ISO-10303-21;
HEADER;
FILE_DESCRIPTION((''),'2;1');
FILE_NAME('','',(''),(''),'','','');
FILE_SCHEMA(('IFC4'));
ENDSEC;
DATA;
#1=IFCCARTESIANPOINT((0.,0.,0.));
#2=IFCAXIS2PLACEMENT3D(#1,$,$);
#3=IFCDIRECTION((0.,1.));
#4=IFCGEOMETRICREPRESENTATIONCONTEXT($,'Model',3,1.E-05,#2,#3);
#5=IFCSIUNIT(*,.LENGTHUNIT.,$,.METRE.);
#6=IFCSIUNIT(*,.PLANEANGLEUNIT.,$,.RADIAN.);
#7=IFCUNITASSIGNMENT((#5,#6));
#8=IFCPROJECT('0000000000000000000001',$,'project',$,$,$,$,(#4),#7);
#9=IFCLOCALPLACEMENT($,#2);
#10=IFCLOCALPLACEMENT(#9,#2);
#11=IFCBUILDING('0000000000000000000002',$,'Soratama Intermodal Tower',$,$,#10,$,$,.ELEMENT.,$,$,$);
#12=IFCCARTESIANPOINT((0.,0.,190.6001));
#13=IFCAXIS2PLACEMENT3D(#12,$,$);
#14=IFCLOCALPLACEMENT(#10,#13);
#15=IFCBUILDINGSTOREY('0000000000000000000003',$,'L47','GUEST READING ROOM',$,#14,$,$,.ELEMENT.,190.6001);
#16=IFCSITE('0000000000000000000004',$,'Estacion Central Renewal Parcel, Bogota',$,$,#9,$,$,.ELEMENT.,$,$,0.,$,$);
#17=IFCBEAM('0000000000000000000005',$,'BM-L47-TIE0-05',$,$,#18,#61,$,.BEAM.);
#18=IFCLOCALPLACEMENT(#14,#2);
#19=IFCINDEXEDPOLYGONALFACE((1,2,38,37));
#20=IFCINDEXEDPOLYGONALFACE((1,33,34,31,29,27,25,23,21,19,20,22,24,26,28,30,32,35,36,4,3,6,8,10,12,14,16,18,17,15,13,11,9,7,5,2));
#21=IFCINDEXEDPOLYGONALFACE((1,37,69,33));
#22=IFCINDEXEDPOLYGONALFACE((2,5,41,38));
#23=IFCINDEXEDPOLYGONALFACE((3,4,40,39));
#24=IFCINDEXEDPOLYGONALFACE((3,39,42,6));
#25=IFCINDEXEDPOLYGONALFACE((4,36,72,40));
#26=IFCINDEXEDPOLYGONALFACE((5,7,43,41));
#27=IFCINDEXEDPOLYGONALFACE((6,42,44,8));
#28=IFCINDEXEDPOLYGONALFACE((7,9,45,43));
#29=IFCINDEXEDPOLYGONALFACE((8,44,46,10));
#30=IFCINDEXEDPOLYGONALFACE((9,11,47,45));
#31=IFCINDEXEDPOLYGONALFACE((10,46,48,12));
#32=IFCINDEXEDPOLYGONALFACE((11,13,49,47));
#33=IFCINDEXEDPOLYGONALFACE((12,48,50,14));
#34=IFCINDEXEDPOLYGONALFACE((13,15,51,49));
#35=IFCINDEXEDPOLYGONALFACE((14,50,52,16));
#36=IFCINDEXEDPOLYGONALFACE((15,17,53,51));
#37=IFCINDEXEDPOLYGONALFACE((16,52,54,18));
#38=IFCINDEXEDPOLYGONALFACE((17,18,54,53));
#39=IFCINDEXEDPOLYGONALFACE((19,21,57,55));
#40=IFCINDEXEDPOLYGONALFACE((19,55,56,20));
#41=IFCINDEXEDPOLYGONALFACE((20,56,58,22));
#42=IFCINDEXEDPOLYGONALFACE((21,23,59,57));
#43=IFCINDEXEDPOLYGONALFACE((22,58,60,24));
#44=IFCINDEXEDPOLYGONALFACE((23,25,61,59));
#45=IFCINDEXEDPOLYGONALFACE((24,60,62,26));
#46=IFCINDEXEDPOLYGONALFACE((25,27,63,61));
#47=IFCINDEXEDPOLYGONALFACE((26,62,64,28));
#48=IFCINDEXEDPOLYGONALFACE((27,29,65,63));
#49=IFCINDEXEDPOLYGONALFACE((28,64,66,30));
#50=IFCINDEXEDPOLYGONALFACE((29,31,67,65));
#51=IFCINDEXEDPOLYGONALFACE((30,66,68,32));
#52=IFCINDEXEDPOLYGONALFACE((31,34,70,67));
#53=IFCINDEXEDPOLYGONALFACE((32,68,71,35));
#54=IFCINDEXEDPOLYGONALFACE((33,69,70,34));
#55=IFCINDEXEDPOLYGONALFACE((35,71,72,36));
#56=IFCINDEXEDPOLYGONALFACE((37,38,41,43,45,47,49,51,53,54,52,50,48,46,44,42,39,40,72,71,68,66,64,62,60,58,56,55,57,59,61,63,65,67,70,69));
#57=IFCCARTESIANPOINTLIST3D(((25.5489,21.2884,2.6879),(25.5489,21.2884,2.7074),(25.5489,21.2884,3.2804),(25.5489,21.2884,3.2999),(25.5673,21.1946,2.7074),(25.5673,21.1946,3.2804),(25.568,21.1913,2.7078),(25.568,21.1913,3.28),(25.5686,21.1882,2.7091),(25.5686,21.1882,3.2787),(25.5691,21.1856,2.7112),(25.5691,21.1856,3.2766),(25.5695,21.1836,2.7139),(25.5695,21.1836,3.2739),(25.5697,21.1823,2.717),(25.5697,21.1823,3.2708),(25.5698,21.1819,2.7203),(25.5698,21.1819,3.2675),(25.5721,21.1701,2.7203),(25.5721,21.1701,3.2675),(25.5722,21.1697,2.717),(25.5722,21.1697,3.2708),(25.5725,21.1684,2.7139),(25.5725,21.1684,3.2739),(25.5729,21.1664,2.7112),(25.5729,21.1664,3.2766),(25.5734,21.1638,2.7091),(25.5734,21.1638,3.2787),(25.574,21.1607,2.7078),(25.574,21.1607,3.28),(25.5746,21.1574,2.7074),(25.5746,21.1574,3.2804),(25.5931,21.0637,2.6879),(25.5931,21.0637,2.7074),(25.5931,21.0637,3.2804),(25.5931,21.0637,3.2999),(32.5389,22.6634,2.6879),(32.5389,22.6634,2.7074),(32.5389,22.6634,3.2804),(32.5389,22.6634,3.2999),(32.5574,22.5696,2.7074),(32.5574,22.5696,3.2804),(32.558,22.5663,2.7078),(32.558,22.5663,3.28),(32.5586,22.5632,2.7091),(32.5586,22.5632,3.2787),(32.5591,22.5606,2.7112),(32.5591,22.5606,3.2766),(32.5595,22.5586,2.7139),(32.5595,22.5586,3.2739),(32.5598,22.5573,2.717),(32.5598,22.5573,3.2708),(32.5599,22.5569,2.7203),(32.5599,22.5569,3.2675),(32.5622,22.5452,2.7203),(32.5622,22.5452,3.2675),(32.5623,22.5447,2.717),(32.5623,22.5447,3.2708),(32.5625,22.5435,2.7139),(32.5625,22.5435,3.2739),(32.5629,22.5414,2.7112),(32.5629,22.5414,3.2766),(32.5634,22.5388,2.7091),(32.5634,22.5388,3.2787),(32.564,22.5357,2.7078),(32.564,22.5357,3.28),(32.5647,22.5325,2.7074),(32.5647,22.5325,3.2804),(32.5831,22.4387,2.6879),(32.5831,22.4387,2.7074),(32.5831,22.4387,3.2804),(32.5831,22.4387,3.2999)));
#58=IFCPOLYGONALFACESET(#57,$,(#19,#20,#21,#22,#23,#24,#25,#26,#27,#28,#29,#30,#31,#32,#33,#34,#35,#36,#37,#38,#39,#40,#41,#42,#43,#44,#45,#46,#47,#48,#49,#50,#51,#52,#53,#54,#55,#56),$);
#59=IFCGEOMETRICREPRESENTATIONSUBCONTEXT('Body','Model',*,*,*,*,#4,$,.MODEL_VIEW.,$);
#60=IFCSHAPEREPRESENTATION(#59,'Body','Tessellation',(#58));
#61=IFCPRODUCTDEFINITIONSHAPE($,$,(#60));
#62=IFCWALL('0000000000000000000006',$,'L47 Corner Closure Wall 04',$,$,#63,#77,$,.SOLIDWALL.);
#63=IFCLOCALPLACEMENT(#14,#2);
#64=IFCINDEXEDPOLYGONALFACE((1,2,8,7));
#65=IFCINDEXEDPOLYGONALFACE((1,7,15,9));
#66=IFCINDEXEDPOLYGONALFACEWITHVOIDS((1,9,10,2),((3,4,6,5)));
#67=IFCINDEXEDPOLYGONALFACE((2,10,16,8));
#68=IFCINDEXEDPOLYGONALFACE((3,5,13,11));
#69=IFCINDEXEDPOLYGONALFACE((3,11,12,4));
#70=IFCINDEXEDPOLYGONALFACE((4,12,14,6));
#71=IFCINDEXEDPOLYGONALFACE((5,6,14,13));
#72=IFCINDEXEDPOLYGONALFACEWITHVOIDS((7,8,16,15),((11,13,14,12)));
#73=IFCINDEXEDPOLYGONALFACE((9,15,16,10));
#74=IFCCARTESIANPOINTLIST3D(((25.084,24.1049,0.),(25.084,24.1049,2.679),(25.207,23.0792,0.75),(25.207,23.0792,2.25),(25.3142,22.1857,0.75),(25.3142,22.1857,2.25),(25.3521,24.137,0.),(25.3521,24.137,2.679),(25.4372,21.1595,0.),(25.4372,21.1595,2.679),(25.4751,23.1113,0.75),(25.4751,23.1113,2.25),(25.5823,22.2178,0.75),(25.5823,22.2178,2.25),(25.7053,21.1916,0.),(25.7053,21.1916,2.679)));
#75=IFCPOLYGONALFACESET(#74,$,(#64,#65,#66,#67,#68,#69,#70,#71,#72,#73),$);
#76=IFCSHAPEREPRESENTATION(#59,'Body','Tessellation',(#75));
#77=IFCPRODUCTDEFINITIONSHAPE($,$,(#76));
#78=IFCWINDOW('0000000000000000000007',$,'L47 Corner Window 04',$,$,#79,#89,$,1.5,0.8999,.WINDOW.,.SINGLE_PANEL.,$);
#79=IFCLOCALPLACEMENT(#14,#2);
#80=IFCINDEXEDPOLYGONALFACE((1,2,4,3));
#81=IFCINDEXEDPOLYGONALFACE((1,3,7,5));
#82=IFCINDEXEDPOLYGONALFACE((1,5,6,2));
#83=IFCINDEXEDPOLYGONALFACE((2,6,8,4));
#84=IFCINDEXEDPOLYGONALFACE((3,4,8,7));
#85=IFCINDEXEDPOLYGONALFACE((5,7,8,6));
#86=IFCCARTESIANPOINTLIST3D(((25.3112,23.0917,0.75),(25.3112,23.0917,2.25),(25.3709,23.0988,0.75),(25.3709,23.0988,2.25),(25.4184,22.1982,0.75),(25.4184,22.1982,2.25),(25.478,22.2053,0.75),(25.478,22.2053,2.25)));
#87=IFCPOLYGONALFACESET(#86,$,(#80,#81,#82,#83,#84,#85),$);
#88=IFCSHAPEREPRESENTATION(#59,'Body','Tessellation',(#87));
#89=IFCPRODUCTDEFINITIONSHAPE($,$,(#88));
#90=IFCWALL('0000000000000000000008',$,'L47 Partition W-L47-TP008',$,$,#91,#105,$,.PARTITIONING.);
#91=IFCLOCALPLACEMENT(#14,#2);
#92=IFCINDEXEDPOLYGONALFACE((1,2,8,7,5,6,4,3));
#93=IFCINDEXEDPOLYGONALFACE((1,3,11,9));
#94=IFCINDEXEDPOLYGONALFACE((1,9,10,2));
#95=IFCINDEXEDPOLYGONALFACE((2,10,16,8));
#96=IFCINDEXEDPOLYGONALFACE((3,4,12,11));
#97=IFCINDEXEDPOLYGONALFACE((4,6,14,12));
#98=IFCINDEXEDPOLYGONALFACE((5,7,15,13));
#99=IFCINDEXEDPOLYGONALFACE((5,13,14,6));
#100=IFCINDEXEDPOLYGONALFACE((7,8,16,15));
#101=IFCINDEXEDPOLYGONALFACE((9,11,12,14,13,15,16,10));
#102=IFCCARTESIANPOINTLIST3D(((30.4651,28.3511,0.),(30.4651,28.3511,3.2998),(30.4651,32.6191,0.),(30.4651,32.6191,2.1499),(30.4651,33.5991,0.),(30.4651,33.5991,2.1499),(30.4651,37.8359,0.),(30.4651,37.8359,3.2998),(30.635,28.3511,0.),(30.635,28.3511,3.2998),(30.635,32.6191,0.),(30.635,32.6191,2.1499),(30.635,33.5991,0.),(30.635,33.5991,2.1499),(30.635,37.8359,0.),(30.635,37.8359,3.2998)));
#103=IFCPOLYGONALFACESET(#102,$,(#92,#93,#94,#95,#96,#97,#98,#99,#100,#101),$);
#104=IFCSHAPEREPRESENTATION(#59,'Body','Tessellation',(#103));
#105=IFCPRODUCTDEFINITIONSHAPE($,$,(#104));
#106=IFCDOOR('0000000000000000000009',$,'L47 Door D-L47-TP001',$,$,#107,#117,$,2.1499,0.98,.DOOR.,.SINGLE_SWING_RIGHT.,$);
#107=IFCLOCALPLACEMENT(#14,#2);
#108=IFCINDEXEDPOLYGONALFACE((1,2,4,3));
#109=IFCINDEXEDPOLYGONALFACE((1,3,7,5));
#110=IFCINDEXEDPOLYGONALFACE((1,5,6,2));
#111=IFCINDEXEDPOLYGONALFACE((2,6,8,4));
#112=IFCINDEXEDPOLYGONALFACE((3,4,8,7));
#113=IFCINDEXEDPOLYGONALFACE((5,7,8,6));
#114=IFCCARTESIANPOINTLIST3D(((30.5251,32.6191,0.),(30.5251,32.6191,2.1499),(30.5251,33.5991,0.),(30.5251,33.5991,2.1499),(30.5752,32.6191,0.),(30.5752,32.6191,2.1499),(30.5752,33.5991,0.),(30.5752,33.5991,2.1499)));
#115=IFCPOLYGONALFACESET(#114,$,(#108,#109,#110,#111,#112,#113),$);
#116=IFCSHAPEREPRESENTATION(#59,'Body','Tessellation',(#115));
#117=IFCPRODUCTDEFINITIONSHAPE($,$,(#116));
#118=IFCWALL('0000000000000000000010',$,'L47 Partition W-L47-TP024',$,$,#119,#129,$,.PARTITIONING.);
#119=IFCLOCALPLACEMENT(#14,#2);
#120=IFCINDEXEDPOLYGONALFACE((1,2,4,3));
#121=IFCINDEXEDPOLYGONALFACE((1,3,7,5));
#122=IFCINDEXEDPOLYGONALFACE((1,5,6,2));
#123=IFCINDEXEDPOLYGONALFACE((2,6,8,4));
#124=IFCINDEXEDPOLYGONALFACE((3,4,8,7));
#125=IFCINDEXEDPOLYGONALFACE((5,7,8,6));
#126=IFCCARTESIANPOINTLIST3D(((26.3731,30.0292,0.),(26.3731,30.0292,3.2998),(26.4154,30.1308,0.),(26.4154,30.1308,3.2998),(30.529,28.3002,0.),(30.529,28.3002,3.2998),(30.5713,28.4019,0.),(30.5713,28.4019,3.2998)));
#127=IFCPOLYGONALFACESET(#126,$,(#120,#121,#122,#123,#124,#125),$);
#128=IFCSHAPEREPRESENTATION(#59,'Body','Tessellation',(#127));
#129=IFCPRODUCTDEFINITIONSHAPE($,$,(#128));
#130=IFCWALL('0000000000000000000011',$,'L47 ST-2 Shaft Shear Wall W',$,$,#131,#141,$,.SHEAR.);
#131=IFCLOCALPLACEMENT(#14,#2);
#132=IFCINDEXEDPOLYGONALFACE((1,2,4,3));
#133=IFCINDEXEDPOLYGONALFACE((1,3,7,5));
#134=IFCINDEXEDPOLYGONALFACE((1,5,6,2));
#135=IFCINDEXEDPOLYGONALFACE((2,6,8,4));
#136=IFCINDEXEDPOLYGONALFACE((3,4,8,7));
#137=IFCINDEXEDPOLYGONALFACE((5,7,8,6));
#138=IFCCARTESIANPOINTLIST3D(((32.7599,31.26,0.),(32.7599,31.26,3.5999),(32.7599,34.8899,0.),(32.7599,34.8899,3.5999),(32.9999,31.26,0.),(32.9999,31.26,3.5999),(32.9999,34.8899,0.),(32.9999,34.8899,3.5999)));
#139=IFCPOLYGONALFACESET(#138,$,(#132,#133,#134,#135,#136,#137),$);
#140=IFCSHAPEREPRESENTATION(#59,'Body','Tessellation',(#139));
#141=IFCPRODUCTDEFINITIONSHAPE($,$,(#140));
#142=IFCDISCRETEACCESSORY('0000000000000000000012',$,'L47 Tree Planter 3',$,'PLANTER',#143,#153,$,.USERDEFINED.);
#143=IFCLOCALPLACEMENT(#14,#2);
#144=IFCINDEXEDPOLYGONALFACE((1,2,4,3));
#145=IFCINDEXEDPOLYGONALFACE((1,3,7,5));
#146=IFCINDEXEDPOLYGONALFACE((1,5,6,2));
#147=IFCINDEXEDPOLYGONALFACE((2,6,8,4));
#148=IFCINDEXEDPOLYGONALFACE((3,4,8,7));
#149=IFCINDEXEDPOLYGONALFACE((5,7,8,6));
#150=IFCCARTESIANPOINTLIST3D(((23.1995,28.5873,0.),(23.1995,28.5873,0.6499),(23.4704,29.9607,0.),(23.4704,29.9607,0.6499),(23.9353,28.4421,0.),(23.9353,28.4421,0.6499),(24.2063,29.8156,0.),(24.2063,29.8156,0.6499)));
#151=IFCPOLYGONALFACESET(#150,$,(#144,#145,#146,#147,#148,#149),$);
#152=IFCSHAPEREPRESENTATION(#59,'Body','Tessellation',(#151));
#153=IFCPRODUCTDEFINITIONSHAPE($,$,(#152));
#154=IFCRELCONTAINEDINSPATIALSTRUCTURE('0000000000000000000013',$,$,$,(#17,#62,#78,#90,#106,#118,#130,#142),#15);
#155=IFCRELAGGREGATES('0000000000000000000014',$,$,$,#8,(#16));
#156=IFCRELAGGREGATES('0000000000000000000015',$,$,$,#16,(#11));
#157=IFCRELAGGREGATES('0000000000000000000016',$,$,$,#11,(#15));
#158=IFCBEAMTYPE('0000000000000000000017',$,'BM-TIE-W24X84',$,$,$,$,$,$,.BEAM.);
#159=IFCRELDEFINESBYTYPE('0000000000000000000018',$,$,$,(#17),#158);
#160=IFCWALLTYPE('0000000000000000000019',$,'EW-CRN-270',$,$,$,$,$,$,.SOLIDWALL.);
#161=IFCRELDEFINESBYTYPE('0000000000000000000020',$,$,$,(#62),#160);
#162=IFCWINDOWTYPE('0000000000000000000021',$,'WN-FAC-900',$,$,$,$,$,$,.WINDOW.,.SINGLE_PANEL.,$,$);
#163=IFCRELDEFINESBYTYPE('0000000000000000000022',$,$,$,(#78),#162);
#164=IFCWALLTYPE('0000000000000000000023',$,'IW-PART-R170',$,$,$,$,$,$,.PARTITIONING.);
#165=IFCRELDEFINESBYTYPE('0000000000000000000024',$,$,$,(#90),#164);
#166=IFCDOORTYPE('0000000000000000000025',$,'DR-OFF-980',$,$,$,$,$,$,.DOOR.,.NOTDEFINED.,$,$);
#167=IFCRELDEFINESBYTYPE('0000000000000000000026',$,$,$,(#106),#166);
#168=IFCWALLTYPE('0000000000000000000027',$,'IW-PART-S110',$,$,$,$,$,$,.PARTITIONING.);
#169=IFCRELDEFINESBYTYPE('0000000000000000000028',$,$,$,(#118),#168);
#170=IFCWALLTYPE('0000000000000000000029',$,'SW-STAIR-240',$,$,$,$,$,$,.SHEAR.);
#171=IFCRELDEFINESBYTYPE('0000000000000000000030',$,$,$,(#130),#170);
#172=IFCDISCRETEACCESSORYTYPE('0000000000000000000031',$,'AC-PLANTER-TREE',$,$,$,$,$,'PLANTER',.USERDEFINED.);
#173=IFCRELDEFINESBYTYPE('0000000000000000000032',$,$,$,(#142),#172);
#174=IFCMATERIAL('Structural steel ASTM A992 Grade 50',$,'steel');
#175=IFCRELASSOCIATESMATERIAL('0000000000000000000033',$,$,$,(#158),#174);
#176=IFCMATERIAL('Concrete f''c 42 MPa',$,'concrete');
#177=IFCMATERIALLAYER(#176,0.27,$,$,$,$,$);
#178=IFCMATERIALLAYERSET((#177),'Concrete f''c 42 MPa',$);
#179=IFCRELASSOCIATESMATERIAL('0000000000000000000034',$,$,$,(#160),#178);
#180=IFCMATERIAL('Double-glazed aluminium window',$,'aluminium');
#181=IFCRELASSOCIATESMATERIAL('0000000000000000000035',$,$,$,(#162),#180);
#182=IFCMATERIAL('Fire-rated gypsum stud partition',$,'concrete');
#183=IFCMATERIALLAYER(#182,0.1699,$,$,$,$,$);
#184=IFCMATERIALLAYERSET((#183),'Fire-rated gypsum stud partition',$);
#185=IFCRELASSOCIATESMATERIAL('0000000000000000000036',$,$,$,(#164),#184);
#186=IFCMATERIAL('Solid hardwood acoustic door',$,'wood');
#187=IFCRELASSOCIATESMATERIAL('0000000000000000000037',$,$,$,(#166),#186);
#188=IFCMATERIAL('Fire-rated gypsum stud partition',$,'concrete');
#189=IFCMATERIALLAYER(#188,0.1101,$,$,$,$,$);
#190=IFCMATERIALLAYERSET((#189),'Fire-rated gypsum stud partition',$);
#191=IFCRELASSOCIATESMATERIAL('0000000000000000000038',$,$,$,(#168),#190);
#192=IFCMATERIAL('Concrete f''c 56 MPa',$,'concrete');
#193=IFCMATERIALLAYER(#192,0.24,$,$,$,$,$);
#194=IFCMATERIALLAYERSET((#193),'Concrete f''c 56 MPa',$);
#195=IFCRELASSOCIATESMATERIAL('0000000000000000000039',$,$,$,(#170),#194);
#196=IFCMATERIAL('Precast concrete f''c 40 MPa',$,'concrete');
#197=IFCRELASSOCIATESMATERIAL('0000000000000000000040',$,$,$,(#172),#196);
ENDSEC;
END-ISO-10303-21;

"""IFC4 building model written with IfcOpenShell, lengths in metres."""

from ifc_helpers import new_model, si_unit, direction, frame, frame_2d, origin, origin_2d, place, context, subcontext, project, spatial, rectangle, i_section, extrude, material, layer, layer_set, material_profile, profile_set, type_object, element, fill, save


model = new_model("IFC4")

# Units and contexts
model_context = context("Model", 3, precision=1e-05, world=origin(), true_north=direction((0.0, 1.0)))
body_context = subcontext(model_context, "Body", "Model", "MODEL_VIEW")
ifc_project = project(units=[si_unit("LENGTHUNIT", "METRE"), si_unit("PLANEANGLEUNIT", "RADIAN")], contexts=[model_context])

# Site, building, storey
site_placement = place(None, origin())
site = spatial("IfcSite", under=ifc_project, at=site_placement, Name="Estacion Central Renewal Parcel, Bogota", CompositionType="ELEMENT", RefElevation=0.0)
building_placement = place(site_placement, origin())
building = spatial("IfcBuilding", under=site, at=building_placement, Name="Soratama Intermodal Tower", CompositionType="ELEMENT")
storey_placement = place(building_placement, frame((0.0, 0.0, 190.6001)))
storey = spatial("IfcBuildingStorey", under=building, at=storey_placement, Name="L47", Description="GUEST READING ROOM", CompositionType="ELEMENT", Elevation=190.6001)

# Beam
ifc_material_1 = material(Name="Structural steel ASTM A992 Grade 50", Category="steel")
ifc_material_profile_1 = material_profile(ifc_material_1, i_section(OverallWidth=0.229, OverallDepth=0.6121, WebThickness=0.012, FlangeThickness=0.0195, FilletRadius=0.0129, at=origin_2d()), Name="W24X84")
ifc_profile_set_1 = profile_set([ifc_material_profile_1], Name="Structural steel ASTM A992 Grade 50")
beam_type_1 = type_object("IfcBeamType", Name="BM-TIE-W24X84", PredefinedType="BEAM", material=ifc_profile_set_1)
beam_1_placement = place(storey_placement, frame((32.561, 22.551, 2.9939), z_axis=(-0.981197, -0.193011, 0.0), x_axis=(0.193011, -0.981197, 0.0)))
element("IfcBeam", 1, at=beam_1_placement, inside=storey, type_object=beam_type_1, Name="BM-L47-TIE0-05", PredefinedType="BEAM", context=body_context, shape_type="SweptSolid", body=[
    extrude(i_section(OverallWidth=0.229, OverallDepth=0.6121, WebThickness=0.012, FlangeThickness=0.0195, FilletRadius=0.0129, at=origin_2d()), origin(), (0.0, 0.0, 1.0), 7.124),
])

# Wall, opening, window
ifc_material_2 = material(Name="Concrete f'c 42 MPa", Category="concrete")
ifc_layer_1 = layer(ifc_material_2, 0.27)
ifc_layer_set_1 = layer_set([ifc_layer_1], Name="Concrete f'c 42 MPa")
wall_type_1 = type_object("IfcWallType", Name="EW-CRN-270", PredefinedType="SOLIDWALL", material=ifc_layer_set_1)
wall_1_placement = place(storey_placement, frame((25.218, 24.1211, 0.0), z_axis=(0.0, 0.0, 1.0), x_axis=(0.11908, -0.992885, 0.0)))
wall_1 = element("IfcWall", 2, at=wall_1_placement, inside=storey, type_object=wall_type_1, Name="L47 Corner Closure Wall 04", PredefinedType="SOLIDWALL", context=body_context, shape_type="SweptSolid", body=[
    extrude(rectangle(XDim=2.9666, YDim=0.27, at=frame_2d((1.4834, 0.0))), origin(), (0.0, 0.0, 1.0), 2.679),
])
opening_1_placement = place(wall_1_placement, frame((1.0332, 0.0, 0.75)))
opening_1 = element("IfcOpeningElement", 3, at=opening_1_placement, cuts=wall_1, PredefinedType="OPENING", context=body_context, shape_type="SweptSolid", body=[
    extrude(rectangle(XDim=0.8999, YDim=1.5, at=frame_2d((0.45, 0.75))), frame((0.0, 0.145, 0.0), z_axis=(0.0, -1.0, 0.0), x_axis=(1.0, 0.0, 0.0)), (0.0, 0.0, 1.0), 0.29),
])
ifc_material_3 = material(Name="Double-glazed aluminium window", Category="aluminium")
window_type = type_object("IfcWindowType", Name="WN-FAC-900", PartitioningType="SINGLE_PANEL", PredefinedType="WINDOW", material=ifc_material_3)
window_placement = place(opening_1_placement, origin())
window = element("IfcWindow", 4, at=window_placement, inside=storey, type_object=window_type, Name="L47 Corner Window 04", OverallHeight=1.5, OverallWidth=0.8999, PartitioningType="SINGLE_PANEL", PredefinedType="WINDOW", context=body_context, shape_type="SweptSolid", body=[
    extrude(rectangle(XDim=0.8999, YDim=1.5, at=frame_2d((0.45, 0.75))), frame((0.0, 0.03, 0.0), z_axis=(0.0, -1.0, 0.0), x_axis=(1.0, 0.0, 0.0)), (0.0, 0.0, 1.0), 0.0601),
])
fill(opening_1, window)

# Wall, opening, door
ifc_material_4 = material(Name="Fire-rated gypsum stud partition", Category="concrete")
ifc_layer_2 = layer(ifc_material_4, 0.1699)
ifc_layer_set_2 = layer_set([ifc_layer_2], Name="Fire-rated gypsum stud partition")
wall_type_2 = type_object("IfcWallType", Name="IW-PART-R170", PredefinedType="PARTITIONING", material=ifc_layer_set_2)
wall_2_placement = place(storey_placement, frame((30.55, 28.3511, 0.0), z_axis=(0.0, 0.0, 1.0), x_axis=(0.0, 1.0, 0.0)))
wall_2 = element("IfcWall", 5, at=wall_2_placement, inside=storey, type_object=wall_type_2, Name="L47 Partition W-L47-TP008", PredefinedType="PARTITIONING", context=body_context, shape_type="SweptSolid", body=[
    extrude(rectangle(XDim=9.4849, YDim=0.1699, at=frame_2d((4.7424, 0.0))), origin(), (0.0, 0.0, 1.0), 3.2998),
])
opening_2_placement = place(wall_2_placement, frame((4.2681, 0.0, 0.0)))
opening_2 = element("IfcOpeningElement", 6, at=opening_2_placement, cuts=wall_2, PredefinedType="OPENING", context=body_context, shape_type="SweptSolid", body=[
    extrude(rectangle(XDim=0.98, YDim=2.1499, at=frame_2d((0.49, 1.075))), frame((0.0, 0.095, 0.0), z_axis=(0.0, -1.0, 0.0), x_axis=(1.0, 0.0, 0.0)), (0.0, 0.0, 1.0), 0.1899),
])
ifc_material_5 = material(Name="Solid hardwood acoustic door", Category="wood")
door_type_1 = type_object("IfcDoorType", Name="DR-OFF-980", OperationType="NOTDEFINED", PredefinedType="DOOR", material=ifc_material_5)
door_1_placement = place(opening_2_placement, origin())
door_1 = element("IfcDoor", 7, at=door_1_placement, inside=storey, type_object=door_type_1, Name="L47 Door D-L47-TP001", OperationType="SINGLE_SWING_RIGHT", OverallHeight=2.1499, OverallWidth=0.98, PredefinedType="DOOR", context=body_context, shape_type="SweptSolid", body=[
    extrude(rectangle(XDim=0.98, YDim=2.1499, at=frame_2d((0.49, 1.075))), frame((0.0, 0.0249, 0.0), z_axis=(0.0, -1.0, 0.0), x_axis=(1.0, 0.0, 0.0)), (0.0, 0.0, 1.0), 0.05),
])
fill(opening_2, door_1)

# Wall
ifc_material_6 = material(Name="Fire-rated gypsum stud partition", Category="concrete")
ifc_layer_3 = layer(ifc_material_6, 0.1101)
ifc_layer_set_3 = layer_set([ifc_layer_3], Name="Fire-rated gypsum stud partition")
wall_type_3 = type_object("IfcWallType", Name="IW-PART-S110", PredefinedType="PARTITIONING", material=ifc_layer_set_3)
wall_3_placement = place(storey_placement, frame((30.55, 28.3511, 0.0), z_axis=(0.0, 0.0, 1.0), x_axis=(-0.923287, 0.384111, 0.0)))
element("IfcWall", 8, at=wall_3_placement, inside=storey, type_object=wall_type_3, Name="L47 Partition W-L47-TP024", PredefinedType="PARTITIONING", context=body_context, shape_type="SweptSolid", body=[
    extrude(rectangle(XDim=4.5012, YDim=0.1101, at=frame_2d((2.2505, 0.0))), origin(), (0.0, 0.0, 1.0), 3.2998),
])

# Wall
ifc_material_7 = material(Name="Concrete f'c 56 MPa", Category="concrete")
ifc_layer_4 = layer(ifc_material_7, 0.24)
ifc_layer_set_4 = layer_set([ifc_layer_4], Name="Concrete f'c 56 MPa")
wall_type_4 = type_object("IfcWallType", Name="SW-STAIR-240", PredefinedType="SHEAR", material=ifc_layer_set_4)
wall_4_placement = place(storey_placement, frame((32.8799, 31.26, 0.0), z_axis=(0.0, 0.0, 1.0), x_axis=(0.0, 1.0, 0.0)))
element("IfcWall", 9, at=wall_4_placement, inside=storey, type_object=wall_type_4, Name="L47 ST-2 Shaft Shear Wall W", PredefinedType="SHEAR", context=body_context, shape_type="SweptSolid", body=[
    extrude(rectangle(XDim=3.6299, YDim=0.24, at=frame_2d((1.8149, 0.0))), origin(), (0.0, 0.0, 1.0), 3.5999),
])

# Discrete accessory
ifc_material_8 = material(Name="Precast concrete f'c 40 MPa", Category="concrete")
discrete_accessory_type = type_object("IfcDiscreteAccessoryType", Name="AC-PLANTER-TREE", ElementType="PLANTER", PredefinedType="USERDEFINED", material=ifc_material_8)
discrete_accessory_placement = place(storey_placement, frame((23.7029, 29.2014, 0.0), z_axis=(0.0, 0.0, 1.0), x_axis=(-0.981091, 0.193549, 0.0)))
element("IfcDiscreteAccessory", 10, at=discrete_accessory_placement, inside=storey, type_object=discrete_accessory_type, Name="L47 Tree Planter 3", ObjectType="PLANTER", PredefinedType="USERDEFINED", context=body_context, shape_type="SweptSolid", body=[
    extrude(rectangle(XDim=0.75, YDim=1.3999, at=origin_2d()), origin(), (0.0, 0.0, 1.0), 0.6499),
])

save(model, "model.ifc")
